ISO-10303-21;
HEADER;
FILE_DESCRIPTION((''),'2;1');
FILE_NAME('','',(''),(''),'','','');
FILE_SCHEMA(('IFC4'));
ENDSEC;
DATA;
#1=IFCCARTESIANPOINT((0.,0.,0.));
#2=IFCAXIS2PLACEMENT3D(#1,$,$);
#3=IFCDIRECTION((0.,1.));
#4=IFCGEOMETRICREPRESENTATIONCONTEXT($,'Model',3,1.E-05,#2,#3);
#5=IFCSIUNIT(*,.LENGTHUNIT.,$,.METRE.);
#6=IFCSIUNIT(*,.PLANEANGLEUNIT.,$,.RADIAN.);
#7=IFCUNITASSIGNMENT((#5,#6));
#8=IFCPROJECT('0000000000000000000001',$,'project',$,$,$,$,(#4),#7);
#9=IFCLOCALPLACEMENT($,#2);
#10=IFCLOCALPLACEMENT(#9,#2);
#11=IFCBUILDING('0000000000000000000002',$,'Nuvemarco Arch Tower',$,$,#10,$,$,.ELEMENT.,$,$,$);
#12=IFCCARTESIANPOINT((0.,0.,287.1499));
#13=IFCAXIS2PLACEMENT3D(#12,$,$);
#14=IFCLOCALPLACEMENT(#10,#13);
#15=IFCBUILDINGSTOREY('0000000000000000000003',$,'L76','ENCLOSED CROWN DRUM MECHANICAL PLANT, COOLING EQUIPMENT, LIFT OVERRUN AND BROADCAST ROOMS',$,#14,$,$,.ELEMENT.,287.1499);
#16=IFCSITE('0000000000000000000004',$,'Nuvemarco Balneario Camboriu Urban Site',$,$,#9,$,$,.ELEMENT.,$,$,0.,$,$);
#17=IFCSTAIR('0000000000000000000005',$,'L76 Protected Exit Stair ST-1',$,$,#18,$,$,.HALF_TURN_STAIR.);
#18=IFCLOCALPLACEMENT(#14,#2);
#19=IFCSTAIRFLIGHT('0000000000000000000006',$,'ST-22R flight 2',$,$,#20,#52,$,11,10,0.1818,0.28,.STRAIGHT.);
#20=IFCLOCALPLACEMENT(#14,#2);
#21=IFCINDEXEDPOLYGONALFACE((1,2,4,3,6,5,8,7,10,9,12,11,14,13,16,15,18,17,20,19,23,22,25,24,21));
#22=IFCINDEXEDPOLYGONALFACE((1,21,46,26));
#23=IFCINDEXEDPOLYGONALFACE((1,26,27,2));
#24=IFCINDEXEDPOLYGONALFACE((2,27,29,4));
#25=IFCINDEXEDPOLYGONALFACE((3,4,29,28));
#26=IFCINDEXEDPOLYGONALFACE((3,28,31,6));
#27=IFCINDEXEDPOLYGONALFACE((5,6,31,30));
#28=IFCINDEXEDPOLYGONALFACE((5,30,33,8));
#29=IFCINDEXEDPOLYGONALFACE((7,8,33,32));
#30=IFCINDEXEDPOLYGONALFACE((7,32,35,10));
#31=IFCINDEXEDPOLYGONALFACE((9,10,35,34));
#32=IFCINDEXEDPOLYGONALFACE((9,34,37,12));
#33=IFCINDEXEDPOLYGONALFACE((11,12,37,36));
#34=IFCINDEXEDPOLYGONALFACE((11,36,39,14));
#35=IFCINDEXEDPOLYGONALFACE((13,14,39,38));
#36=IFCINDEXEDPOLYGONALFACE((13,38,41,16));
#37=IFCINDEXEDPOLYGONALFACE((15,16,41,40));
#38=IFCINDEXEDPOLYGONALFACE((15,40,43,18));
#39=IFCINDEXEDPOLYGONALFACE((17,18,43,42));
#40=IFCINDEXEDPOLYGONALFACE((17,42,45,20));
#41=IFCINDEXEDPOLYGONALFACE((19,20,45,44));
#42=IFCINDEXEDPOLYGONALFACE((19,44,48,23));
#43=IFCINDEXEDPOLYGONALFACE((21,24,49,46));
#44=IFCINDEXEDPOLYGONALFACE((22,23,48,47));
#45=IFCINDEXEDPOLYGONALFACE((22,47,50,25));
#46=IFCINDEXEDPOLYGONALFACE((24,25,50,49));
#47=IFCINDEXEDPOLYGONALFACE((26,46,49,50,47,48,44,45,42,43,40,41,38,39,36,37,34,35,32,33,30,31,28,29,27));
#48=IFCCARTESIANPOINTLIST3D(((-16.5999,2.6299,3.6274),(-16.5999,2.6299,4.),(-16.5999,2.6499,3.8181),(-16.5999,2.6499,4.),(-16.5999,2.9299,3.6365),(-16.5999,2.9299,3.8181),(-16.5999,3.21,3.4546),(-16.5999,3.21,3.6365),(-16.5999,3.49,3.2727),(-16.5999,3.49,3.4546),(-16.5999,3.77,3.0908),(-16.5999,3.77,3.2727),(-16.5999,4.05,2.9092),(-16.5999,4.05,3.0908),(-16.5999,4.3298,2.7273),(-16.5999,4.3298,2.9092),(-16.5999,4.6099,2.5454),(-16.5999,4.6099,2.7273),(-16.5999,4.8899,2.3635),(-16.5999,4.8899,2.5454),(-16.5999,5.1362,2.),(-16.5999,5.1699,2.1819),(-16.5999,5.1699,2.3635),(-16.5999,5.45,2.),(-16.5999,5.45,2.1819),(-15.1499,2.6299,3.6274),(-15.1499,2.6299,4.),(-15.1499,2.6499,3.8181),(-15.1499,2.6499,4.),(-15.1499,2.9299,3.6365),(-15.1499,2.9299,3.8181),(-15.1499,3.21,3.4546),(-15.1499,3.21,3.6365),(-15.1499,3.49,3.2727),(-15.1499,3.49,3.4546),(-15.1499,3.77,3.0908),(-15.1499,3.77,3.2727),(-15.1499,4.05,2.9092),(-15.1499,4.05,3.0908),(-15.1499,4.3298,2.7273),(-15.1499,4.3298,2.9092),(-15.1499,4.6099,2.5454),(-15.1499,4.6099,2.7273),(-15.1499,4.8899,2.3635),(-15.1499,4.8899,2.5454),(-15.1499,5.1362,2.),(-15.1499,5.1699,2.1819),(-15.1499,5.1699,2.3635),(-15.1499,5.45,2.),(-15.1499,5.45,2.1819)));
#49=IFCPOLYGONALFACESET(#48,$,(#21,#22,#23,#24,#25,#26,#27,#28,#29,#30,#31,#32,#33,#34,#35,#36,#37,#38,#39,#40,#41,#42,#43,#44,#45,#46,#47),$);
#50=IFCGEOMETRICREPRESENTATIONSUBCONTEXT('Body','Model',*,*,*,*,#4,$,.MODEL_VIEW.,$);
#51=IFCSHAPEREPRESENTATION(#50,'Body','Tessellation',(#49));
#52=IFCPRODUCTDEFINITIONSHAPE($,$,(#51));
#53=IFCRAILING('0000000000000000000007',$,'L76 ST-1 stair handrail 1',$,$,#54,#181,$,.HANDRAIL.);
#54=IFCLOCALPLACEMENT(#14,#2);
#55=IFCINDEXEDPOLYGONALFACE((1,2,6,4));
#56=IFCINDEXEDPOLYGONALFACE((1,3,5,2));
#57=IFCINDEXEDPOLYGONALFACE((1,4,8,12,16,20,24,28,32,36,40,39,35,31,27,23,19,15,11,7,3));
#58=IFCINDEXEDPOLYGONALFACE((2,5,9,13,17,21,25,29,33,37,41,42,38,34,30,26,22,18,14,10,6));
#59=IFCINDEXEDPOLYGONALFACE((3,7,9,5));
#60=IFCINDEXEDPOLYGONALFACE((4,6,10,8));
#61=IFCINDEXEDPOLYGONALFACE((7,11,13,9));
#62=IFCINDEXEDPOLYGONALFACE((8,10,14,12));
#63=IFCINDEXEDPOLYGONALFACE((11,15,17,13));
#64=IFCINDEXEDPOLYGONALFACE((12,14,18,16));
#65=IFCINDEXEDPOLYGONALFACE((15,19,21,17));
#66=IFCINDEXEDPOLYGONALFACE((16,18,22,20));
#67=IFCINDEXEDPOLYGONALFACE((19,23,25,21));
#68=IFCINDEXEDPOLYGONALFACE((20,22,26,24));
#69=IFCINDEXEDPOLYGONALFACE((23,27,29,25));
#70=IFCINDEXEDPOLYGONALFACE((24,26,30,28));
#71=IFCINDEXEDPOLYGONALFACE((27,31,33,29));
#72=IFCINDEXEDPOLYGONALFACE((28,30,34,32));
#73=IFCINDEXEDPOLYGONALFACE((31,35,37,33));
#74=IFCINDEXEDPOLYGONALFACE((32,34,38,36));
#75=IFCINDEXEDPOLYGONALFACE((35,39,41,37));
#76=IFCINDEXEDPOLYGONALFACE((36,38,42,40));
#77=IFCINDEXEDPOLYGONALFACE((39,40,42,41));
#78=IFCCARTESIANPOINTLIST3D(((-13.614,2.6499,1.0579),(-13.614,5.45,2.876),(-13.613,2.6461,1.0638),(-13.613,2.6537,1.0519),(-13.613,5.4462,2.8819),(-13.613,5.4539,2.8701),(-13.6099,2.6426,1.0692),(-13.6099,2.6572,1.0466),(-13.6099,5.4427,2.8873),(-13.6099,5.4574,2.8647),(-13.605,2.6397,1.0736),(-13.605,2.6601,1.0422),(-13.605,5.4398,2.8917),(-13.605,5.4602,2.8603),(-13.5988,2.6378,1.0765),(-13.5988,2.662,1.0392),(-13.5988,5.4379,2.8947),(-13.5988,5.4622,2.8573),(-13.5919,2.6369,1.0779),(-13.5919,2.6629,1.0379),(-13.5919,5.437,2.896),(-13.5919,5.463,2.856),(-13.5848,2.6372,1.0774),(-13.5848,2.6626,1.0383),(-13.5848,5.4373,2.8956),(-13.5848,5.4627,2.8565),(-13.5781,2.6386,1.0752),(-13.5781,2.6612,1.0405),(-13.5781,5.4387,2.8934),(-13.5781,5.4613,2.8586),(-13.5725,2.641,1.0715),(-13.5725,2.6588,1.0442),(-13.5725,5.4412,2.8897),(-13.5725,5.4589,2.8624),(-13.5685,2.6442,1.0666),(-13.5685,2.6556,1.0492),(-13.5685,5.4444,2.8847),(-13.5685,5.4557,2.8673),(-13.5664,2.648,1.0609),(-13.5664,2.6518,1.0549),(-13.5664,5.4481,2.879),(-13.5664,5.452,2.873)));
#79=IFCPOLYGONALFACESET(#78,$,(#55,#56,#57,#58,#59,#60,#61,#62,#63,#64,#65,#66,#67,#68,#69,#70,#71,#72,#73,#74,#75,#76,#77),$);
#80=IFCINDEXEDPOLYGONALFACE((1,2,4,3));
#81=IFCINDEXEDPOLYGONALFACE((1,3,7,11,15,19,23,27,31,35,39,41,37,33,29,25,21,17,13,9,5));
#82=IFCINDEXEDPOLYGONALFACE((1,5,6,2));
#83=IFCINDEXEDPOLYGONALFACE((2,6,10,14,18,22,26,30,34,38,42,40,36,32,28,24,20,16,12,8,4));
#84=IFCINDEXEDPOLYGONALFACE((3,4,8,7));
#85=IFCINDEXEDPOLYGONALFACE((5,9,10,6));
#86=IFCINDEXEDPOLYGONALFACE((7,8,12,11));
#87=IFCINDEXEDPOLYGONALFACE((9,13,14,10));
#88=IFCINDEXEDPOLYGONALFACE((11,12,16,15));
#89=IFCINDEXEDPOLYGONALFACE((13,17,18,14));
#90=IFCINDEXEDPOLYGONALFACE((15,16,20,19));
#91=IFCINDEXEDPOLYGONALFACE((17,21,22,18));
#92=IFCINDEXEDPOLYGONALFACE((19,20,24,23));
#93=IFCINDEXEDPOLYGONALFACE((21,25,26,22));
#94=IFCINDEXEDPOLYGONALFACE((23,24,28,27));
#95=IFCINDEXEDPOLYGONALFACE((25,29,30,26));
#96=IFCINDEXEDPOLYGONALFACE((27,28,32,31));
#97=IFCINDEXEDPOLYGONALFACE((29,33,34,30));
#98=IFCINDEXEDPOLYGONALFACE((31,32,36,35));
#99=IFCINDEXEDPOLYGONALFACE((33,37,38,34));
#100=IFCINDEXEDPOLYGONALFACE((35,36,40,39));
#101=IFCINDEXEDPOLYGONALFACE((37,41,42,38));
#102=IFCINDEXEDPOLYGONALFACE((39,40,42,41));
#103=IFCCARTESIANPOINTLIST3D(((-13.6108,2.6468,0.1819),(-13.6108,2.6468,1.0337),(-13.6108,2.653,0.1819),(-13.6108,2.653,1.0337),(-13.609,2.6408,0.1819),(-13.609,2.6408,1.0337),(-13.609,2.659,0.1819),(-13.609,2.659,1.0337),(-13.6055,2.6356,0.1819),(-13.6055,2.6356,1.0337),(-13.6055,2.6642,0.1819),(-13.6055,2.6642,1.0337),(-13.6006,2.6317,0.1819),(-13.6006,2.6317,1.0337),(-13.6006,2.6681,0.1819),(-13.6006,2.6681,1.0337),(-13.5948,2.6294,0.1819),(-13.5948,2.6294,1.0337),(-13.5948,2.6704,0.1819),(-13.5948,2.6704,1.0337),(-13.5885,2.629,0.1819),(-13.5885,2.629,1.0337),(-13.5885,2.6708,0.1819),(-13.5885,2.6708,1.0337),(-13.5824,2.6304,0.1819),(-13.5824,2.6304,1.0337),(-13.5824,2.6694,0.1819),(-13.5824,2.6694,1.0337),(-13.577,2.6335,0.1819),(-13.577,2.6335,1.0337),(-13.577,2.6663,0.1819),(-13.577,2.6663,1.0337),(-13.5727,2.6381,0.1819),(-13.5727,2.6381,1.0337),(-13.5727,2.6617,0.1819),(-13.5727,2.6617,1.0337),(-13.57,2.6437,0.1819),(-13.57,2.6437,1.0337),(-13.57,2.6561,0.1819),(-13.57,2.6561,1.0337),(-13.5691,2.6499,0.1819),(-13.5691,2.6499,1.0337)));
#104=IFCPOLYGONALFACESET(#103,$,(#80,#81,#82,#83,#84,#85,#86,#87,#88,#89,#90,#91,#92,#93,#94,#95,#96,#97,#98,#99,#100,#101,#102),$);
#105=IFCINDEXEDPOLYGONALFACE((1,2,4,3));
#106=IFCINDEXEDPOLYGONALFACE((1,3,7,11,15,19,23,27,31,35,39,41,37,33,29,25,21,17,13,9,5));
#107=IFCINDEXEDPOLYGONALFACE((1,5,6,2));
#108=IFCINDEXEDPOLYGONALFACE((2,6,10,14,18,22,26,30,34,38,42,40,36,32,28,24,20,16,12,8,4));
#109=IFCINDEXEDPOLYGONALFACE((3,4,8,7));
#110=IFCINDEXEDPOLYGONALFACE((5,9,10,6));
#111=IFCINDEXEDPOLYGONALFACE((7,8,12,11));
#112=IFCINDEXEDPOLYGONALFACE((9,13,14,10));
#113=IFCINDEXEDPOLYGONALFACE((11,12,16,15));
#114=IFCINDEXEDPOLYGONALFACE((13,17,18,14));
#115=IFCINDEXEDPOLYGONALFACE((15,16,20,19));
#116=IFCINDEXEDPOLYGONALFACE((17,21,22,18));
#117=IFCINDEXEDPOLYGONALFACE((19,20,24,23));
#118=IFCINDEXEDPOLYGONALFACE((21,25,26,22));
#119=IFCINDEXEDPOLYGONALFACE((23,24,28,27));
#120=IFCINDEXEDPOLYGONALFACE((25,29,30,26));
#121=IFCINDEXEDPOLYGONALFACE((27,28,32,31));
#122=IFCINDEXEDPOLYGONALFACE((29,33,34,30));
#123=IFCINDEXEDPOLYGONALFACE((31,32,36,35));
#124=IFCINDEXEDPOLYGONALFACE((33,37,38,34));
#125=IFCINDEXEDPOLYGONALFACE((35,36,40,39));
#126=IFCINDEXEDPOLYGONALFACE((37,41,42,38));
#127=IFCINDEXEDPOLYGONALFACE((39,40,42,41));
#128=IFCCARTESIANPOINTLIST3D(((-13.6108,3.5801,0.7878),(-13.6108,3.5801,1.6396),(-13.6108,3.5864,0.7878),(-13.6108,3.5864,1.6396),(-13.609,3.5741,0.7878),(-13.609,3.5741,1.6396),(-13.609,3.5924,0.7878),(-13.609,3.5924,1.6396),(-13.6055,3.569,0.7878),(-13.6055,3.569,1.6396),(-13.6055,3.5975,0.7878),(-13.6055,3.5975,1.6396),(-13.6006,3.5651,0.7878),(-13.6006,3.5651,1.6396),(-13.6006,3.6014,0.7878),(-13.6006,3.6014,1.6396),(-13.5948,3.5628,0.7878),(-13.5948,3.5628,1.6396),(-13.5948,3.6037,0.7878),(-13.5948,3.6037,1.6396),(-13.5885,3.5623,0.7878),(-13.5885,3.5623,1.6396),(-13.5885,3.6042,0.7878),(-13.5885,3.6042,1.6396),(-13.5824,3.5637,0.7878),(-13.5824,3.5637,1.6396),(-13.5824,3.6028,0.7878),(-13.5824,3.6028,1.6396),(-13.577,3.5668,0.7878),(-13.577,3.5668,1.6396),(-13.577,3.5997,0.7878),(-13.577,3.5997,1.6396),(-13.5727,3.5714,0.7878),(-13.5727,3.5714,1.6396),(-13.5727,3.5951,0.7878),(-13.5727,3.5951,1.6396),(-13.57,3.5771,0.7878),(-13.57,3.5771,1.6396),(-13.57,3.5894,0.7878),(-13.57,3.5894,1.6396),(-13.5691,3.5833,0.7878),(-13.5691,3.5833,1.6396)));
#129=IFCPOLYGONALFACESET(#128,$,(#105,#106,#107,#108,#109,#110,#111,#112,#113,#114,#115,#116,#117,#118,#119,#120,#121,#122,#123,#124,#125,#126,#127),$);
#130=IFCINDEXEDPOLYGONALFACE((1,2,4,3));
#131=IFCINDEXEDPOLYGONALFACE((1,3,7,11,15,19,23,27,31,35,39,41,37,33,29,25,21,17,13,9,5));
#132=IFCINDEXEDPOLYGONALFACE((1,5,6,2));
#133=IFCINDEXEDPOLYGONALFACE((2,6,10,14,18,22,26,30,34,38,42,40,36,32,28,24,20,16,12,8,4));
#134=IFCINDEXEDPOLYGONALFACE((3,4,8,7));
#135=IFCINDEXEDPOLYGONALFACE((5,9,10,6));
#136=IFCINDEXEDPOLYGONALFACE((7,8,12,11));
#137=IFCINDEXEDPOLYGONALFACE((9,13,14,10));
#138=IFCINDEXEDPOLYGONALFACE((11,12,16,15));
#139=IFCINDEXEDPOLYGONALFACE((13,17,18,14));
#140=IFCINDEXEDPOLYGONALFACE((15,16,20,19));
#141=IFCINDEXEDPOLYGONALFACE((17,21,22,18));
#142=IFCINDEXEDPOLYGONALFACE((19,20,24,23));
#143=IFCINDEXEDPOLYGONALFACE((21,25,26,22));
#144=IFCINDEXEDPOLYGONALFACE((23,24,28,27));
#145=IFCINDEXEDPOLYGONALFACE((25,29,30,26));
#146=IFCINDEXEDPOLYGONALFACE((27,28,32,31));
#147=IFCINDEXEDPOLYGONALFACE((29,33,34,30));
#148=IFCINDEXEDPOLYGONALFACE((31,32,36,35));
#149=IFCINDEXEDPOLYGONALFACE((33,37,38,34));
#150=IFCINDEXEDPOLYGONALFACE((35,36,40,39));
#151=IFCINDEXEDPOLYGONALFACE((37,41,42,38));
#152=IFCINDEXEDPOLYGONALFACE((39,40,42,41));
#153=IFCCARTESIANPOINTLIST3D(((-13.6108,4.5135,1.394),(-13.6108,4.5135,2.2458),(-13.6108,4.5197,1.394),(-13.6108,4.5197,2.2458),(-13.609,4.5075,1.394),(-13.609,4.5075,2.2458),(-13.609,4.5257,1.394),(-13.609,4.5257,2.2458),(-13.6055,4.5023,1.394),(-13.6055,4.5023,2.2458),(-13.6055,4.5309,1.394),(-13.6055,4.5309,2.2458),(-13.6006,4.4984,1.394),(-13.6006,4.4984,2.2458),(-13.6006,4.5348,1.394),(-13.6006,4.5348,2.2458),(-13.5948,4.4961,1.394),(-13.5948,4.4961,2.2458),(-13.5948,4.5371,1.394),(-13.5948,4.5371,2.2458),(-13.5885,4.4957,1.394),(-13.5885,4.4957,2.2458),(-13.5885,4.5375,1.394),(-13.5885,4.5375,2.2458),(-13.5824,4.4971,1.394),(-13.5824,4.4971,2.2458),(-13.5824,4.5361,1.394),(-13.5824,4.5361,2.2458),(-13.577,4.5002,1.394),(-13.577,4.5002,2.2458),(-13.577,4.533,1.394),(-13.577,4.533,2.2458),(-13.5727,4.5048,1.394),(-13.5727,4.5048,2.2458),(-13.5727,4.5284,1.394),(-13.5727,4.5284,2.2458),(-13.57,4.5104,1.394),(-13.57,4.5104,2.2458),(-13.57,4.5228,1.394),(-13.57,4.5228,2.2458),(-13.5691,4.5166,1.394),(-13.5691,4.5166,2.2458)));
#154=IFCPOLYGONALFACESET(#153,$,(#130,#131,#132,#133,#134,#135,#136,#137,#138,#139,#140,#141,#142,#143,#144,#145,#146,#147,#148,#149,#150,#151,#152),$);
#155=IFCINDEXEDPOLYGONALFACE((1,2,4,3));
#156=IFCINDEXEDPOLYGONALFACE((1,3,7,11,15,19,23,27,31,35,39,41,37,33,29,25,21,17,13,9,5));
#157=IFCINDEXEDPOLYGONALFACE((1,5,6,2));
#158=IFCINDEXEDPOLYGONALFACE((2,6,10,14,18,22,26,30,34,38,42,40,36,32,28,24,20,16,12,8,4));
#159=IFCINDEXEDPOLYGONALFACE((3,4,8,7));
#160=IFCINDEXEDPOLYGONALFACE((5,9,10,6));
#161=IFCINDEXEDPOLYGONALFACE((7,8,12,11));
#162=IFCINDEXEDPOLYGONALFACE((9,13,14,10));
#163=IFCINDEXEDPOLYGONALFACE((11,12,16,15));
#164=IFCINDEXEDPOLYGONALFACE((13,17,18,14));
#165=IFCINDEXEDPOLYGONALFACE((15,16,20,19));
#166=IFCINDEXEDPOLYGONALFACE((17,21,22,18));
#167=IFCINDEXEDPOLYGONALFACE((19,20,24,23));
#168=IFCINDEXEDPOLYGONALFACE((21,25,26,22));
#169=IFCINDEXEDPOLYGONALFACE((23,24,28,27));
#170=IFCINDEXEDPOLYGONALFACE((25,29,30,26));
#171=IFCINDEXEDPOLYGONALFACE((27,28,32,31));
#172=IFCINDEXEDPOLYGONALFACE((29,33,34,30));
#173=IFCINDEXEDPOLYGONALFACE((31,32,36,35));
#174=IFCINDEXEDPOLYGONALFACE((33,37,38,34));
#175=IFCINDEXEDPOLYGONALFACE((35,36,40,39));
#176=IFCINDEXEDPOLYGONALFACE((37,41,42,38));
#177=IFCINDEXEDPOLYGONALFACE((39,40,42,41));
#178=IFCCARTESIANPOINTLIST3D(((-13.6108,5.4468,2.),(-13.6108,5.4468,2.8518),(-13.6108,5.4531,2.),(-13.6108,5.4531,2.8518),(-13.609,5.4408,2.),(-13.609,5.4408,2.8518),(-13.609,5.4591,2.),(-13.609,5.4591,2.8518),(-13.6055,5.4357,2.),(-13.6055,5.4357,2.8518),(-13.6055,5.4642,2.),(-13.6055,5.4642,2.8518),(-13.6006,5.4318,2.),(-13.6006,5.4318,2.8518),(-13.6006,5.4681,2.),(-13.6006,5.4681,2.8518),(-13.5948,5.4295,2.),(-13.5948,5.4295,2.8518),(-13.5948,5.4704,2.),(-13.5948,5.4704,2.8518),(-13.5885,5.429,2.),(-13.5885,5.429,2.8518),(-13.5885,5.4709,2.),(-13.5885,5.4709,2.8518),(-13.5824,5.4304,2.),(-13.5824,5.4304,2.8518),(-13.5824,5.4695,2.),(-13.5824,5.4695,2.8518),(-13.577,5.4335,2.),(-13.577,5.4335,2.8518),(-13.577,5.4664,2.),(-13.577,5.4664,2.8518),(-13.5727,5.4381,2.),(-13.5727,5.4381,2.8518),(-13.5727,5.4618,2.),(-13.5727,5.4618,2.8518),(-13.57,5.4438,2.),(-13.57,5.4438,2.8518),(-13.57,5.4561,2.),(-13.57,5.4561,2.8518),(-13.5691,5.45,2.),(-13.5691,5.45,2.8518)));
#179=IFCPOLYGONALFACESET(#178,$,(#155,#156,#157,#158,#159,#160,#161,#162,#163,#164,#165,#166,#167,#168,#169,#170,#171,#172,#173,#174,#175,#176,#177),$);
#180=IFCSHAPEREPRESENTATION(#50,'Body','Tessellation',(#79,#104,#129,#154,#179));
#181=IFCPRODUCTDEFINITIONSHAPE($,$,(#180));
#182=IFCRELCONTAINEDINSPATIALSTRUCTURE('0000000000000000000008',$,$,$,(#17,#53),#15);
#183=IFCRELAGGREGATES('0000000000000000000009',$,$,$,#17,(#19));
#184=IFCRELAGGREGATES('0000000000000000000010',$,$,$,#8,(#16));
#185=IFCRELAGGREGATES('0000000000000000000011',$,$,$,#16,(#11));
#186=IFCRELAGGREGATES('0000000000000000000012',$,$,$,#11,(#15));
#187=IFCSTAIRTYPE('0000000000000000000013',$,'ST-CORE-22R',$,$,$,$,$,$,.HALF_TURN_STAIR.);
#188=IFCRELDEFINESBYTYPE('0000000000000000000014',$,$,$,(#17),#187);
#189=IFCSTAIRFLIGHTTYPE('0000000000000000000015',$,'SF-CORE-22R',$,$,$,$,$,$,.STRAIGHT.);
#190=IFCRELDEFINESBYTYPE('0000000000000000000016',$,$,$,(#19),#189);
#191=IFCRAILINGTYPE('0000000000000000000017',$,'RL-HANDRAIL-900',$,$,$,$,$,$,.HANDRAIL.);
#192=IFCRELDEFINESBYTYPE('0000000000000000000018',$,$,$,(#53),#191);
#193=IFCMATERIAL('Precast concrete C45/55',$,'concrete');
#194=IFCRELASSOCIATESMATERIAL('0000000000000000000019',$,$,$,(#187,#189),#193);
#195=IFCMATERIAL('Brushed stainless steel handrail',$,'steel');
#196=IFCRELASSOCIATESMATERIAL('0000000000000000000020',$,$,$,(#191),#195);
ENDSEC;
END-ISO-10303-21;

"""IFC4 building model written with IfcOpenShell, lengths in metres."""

from ifc_helpers import new_model, si_unit, direction, frame, origin, origin_2d, place, context, subcontext, project, spatial, polyline, circle, outline, extrude, material, type_object, element, aggregate, save


model = new_model("IFC4")

# Units and contexts
model_context = context("Model", 3, precision=1e-05, world=origin(), true_north=direction((0.0, 1.0)))
body_context = subcontext(model_context, "Body", "Model", "MODEL_VIEW")
ifc_project = project(units=[si_unit("LENGTHUNIT", "METRE"), si_unit("PLANEANGLEUNIT", "RADIAN")], contexts=[model_context])

# Site, building, storey
site_placement = place(None, origin())
site = spatial("IfcSite", under=ifc_project, at=site_placement, Name="Nuvemarco Balneario Camboriu Urban Site", CompositionType="ELEMENT", RefElevation=0.0)
building_placement = place(site_placement, origin())
building = spatial("IfcBuilding", under=site, at=building_placement, Name="Nuvemarco Arch Tower", CompositionType="ELEMENT")
storey_placement = place(building_placement, frame((0.0, 0.0, 287.1499)))
storey = spatial("IfcBuildingStorey", under=building, at=storey_placement, Name="L76", Description="ENCLOSED CROWN DRUM MECHANICAL PLANT, COOLING EQUIPMENT, LIFT OVERRUN AND BROADCAST ROOMS", CompositionType="ELEMENT", Elevation=287.1499)

# Stair, stair flight
ifc_material_1 = material(Name="Precast concrete C45/55", Category="concrete")
stair_type = type_object("IfcStairType", Name="ST-CORE-22R", PredefinedType="HALF_TURN_STAIR", material=ifc_material_1)
stair_placement = place(storey_placement, origin())
stair = element("IfcStair", 1, at=stair_placement, inside=storey, type_object=stair_type, Name="L76 Protected Exit Stair ST-1", PredefinedType="HALF_TURN_STAIR")
stair_flight_type = type_object("IfcStairFlightType", Name="SF-CORE-22R", PredefinedType="STRAIGHT", material=ifc_material_1)
stair_flight_1_placement = place(storey_placement, frame((-15.875, 5.45, 2.0), z_axis=(0.0, 0.0, 1.0), x_axis=(0.0, -1.0, 0.0)))
stair_flight_1 = element("IfcStairFlight", 2, at=stair_flight_1_placement, type_object=stair_flight_type, Name="ST-22R flight 2", NumberOfRisers=11, NumberOfTreads=10, PredefinedType="STRAIGHT", RiserHeight=0.1818, TreadLength=0.28, context=body_context, shape_type="SweptSolid", body=[
    extrude(outline(polyline([(0.0, 0.0), (0.0, 0.1819), (0.28, 0.1819), (0.28, 0.3635), (0.5601, 0.3635), (0.5601, 0.5454), (0.8401, 0.5454), (0.8401, 0.7273), (1.1201, 0.7273), (1.1201, 0.9092), (1.3999, 0.9092), (1.3999, 1.0908), (1.6799, 1.0908), (1.6799, 1.2727), (1.96, 1.2727), (1.96, 1.4546), (2.24, 1.4546), (2.24, 1.6365), (2.52, 1.6365), (2.52, 1.8181), (2.8, 1.8181), (2.8, 2.0), (2.8201, 2.0), (2.8201, 1.6274), (0.3137, 0.0), (0.0, 0.0)])), frame((0.0, 0.7251, 0.0), z_axis=(0.0, -1.0, 0.0), x_axis=(1.0, 0.0, 0.0)), (0.0, 0.0, 1.0), 1.45),
])
aggregate(stair, [stair_flight_1])

# Railing
ifc_material_2 = material(Name="Brushed stainless steel handrail", Category="steel")
railing_type_1 = type_object("IfcRailingType", Name="RL-HANDRAIL-900", PredefinedType="HANDRAIL", material=ifc_material_2)
railing_1_placement = place(storey_placement, frame((-13.5901, 2.6499, 0.1819)))
element("IfcRailing", 3, at=railing_1_placement, inside=storey, type_object=railing_type_1, Name="L76 ST-1 stair handrail 1", PredefinedType="HANDRAIL", context=body_context, shape_type="SweptSolid", body=[
    extrude(circle(Radius=0.0239, at=origin_2d()), frame((0.0, 0.0, 0.876), z_axis=(0.0, 0.838706, 0.544585), x_axis=(-1.0, 0.0, 0.0)), (0.0, 0.0, 1.0), 3.3386),
    extrude(circle(Radius=0.021, at=origin_2d()), origin(), (0.0, 0.0, 1.0), 0.8518),
    extrude(circle(Radius=0.021, at=origin_2d()), frame((0.0, 0.9333, 0.606)), (0.0, 0.0, 1.0), 0.8518),
    extrude(circle(Radius=0.021, at=origin_2d()), frame((0.0, 1.8667, 1.2122)), (0.0, 0.0, 1.0), 0.8518),
    extrude(circle(Radius=0.021, at=origin_2d()), frame((0.0, 2.8, 1.8181)), (0.0, 0.0, 1.0), 0.8518),
])

save(model, "model.ifc")
